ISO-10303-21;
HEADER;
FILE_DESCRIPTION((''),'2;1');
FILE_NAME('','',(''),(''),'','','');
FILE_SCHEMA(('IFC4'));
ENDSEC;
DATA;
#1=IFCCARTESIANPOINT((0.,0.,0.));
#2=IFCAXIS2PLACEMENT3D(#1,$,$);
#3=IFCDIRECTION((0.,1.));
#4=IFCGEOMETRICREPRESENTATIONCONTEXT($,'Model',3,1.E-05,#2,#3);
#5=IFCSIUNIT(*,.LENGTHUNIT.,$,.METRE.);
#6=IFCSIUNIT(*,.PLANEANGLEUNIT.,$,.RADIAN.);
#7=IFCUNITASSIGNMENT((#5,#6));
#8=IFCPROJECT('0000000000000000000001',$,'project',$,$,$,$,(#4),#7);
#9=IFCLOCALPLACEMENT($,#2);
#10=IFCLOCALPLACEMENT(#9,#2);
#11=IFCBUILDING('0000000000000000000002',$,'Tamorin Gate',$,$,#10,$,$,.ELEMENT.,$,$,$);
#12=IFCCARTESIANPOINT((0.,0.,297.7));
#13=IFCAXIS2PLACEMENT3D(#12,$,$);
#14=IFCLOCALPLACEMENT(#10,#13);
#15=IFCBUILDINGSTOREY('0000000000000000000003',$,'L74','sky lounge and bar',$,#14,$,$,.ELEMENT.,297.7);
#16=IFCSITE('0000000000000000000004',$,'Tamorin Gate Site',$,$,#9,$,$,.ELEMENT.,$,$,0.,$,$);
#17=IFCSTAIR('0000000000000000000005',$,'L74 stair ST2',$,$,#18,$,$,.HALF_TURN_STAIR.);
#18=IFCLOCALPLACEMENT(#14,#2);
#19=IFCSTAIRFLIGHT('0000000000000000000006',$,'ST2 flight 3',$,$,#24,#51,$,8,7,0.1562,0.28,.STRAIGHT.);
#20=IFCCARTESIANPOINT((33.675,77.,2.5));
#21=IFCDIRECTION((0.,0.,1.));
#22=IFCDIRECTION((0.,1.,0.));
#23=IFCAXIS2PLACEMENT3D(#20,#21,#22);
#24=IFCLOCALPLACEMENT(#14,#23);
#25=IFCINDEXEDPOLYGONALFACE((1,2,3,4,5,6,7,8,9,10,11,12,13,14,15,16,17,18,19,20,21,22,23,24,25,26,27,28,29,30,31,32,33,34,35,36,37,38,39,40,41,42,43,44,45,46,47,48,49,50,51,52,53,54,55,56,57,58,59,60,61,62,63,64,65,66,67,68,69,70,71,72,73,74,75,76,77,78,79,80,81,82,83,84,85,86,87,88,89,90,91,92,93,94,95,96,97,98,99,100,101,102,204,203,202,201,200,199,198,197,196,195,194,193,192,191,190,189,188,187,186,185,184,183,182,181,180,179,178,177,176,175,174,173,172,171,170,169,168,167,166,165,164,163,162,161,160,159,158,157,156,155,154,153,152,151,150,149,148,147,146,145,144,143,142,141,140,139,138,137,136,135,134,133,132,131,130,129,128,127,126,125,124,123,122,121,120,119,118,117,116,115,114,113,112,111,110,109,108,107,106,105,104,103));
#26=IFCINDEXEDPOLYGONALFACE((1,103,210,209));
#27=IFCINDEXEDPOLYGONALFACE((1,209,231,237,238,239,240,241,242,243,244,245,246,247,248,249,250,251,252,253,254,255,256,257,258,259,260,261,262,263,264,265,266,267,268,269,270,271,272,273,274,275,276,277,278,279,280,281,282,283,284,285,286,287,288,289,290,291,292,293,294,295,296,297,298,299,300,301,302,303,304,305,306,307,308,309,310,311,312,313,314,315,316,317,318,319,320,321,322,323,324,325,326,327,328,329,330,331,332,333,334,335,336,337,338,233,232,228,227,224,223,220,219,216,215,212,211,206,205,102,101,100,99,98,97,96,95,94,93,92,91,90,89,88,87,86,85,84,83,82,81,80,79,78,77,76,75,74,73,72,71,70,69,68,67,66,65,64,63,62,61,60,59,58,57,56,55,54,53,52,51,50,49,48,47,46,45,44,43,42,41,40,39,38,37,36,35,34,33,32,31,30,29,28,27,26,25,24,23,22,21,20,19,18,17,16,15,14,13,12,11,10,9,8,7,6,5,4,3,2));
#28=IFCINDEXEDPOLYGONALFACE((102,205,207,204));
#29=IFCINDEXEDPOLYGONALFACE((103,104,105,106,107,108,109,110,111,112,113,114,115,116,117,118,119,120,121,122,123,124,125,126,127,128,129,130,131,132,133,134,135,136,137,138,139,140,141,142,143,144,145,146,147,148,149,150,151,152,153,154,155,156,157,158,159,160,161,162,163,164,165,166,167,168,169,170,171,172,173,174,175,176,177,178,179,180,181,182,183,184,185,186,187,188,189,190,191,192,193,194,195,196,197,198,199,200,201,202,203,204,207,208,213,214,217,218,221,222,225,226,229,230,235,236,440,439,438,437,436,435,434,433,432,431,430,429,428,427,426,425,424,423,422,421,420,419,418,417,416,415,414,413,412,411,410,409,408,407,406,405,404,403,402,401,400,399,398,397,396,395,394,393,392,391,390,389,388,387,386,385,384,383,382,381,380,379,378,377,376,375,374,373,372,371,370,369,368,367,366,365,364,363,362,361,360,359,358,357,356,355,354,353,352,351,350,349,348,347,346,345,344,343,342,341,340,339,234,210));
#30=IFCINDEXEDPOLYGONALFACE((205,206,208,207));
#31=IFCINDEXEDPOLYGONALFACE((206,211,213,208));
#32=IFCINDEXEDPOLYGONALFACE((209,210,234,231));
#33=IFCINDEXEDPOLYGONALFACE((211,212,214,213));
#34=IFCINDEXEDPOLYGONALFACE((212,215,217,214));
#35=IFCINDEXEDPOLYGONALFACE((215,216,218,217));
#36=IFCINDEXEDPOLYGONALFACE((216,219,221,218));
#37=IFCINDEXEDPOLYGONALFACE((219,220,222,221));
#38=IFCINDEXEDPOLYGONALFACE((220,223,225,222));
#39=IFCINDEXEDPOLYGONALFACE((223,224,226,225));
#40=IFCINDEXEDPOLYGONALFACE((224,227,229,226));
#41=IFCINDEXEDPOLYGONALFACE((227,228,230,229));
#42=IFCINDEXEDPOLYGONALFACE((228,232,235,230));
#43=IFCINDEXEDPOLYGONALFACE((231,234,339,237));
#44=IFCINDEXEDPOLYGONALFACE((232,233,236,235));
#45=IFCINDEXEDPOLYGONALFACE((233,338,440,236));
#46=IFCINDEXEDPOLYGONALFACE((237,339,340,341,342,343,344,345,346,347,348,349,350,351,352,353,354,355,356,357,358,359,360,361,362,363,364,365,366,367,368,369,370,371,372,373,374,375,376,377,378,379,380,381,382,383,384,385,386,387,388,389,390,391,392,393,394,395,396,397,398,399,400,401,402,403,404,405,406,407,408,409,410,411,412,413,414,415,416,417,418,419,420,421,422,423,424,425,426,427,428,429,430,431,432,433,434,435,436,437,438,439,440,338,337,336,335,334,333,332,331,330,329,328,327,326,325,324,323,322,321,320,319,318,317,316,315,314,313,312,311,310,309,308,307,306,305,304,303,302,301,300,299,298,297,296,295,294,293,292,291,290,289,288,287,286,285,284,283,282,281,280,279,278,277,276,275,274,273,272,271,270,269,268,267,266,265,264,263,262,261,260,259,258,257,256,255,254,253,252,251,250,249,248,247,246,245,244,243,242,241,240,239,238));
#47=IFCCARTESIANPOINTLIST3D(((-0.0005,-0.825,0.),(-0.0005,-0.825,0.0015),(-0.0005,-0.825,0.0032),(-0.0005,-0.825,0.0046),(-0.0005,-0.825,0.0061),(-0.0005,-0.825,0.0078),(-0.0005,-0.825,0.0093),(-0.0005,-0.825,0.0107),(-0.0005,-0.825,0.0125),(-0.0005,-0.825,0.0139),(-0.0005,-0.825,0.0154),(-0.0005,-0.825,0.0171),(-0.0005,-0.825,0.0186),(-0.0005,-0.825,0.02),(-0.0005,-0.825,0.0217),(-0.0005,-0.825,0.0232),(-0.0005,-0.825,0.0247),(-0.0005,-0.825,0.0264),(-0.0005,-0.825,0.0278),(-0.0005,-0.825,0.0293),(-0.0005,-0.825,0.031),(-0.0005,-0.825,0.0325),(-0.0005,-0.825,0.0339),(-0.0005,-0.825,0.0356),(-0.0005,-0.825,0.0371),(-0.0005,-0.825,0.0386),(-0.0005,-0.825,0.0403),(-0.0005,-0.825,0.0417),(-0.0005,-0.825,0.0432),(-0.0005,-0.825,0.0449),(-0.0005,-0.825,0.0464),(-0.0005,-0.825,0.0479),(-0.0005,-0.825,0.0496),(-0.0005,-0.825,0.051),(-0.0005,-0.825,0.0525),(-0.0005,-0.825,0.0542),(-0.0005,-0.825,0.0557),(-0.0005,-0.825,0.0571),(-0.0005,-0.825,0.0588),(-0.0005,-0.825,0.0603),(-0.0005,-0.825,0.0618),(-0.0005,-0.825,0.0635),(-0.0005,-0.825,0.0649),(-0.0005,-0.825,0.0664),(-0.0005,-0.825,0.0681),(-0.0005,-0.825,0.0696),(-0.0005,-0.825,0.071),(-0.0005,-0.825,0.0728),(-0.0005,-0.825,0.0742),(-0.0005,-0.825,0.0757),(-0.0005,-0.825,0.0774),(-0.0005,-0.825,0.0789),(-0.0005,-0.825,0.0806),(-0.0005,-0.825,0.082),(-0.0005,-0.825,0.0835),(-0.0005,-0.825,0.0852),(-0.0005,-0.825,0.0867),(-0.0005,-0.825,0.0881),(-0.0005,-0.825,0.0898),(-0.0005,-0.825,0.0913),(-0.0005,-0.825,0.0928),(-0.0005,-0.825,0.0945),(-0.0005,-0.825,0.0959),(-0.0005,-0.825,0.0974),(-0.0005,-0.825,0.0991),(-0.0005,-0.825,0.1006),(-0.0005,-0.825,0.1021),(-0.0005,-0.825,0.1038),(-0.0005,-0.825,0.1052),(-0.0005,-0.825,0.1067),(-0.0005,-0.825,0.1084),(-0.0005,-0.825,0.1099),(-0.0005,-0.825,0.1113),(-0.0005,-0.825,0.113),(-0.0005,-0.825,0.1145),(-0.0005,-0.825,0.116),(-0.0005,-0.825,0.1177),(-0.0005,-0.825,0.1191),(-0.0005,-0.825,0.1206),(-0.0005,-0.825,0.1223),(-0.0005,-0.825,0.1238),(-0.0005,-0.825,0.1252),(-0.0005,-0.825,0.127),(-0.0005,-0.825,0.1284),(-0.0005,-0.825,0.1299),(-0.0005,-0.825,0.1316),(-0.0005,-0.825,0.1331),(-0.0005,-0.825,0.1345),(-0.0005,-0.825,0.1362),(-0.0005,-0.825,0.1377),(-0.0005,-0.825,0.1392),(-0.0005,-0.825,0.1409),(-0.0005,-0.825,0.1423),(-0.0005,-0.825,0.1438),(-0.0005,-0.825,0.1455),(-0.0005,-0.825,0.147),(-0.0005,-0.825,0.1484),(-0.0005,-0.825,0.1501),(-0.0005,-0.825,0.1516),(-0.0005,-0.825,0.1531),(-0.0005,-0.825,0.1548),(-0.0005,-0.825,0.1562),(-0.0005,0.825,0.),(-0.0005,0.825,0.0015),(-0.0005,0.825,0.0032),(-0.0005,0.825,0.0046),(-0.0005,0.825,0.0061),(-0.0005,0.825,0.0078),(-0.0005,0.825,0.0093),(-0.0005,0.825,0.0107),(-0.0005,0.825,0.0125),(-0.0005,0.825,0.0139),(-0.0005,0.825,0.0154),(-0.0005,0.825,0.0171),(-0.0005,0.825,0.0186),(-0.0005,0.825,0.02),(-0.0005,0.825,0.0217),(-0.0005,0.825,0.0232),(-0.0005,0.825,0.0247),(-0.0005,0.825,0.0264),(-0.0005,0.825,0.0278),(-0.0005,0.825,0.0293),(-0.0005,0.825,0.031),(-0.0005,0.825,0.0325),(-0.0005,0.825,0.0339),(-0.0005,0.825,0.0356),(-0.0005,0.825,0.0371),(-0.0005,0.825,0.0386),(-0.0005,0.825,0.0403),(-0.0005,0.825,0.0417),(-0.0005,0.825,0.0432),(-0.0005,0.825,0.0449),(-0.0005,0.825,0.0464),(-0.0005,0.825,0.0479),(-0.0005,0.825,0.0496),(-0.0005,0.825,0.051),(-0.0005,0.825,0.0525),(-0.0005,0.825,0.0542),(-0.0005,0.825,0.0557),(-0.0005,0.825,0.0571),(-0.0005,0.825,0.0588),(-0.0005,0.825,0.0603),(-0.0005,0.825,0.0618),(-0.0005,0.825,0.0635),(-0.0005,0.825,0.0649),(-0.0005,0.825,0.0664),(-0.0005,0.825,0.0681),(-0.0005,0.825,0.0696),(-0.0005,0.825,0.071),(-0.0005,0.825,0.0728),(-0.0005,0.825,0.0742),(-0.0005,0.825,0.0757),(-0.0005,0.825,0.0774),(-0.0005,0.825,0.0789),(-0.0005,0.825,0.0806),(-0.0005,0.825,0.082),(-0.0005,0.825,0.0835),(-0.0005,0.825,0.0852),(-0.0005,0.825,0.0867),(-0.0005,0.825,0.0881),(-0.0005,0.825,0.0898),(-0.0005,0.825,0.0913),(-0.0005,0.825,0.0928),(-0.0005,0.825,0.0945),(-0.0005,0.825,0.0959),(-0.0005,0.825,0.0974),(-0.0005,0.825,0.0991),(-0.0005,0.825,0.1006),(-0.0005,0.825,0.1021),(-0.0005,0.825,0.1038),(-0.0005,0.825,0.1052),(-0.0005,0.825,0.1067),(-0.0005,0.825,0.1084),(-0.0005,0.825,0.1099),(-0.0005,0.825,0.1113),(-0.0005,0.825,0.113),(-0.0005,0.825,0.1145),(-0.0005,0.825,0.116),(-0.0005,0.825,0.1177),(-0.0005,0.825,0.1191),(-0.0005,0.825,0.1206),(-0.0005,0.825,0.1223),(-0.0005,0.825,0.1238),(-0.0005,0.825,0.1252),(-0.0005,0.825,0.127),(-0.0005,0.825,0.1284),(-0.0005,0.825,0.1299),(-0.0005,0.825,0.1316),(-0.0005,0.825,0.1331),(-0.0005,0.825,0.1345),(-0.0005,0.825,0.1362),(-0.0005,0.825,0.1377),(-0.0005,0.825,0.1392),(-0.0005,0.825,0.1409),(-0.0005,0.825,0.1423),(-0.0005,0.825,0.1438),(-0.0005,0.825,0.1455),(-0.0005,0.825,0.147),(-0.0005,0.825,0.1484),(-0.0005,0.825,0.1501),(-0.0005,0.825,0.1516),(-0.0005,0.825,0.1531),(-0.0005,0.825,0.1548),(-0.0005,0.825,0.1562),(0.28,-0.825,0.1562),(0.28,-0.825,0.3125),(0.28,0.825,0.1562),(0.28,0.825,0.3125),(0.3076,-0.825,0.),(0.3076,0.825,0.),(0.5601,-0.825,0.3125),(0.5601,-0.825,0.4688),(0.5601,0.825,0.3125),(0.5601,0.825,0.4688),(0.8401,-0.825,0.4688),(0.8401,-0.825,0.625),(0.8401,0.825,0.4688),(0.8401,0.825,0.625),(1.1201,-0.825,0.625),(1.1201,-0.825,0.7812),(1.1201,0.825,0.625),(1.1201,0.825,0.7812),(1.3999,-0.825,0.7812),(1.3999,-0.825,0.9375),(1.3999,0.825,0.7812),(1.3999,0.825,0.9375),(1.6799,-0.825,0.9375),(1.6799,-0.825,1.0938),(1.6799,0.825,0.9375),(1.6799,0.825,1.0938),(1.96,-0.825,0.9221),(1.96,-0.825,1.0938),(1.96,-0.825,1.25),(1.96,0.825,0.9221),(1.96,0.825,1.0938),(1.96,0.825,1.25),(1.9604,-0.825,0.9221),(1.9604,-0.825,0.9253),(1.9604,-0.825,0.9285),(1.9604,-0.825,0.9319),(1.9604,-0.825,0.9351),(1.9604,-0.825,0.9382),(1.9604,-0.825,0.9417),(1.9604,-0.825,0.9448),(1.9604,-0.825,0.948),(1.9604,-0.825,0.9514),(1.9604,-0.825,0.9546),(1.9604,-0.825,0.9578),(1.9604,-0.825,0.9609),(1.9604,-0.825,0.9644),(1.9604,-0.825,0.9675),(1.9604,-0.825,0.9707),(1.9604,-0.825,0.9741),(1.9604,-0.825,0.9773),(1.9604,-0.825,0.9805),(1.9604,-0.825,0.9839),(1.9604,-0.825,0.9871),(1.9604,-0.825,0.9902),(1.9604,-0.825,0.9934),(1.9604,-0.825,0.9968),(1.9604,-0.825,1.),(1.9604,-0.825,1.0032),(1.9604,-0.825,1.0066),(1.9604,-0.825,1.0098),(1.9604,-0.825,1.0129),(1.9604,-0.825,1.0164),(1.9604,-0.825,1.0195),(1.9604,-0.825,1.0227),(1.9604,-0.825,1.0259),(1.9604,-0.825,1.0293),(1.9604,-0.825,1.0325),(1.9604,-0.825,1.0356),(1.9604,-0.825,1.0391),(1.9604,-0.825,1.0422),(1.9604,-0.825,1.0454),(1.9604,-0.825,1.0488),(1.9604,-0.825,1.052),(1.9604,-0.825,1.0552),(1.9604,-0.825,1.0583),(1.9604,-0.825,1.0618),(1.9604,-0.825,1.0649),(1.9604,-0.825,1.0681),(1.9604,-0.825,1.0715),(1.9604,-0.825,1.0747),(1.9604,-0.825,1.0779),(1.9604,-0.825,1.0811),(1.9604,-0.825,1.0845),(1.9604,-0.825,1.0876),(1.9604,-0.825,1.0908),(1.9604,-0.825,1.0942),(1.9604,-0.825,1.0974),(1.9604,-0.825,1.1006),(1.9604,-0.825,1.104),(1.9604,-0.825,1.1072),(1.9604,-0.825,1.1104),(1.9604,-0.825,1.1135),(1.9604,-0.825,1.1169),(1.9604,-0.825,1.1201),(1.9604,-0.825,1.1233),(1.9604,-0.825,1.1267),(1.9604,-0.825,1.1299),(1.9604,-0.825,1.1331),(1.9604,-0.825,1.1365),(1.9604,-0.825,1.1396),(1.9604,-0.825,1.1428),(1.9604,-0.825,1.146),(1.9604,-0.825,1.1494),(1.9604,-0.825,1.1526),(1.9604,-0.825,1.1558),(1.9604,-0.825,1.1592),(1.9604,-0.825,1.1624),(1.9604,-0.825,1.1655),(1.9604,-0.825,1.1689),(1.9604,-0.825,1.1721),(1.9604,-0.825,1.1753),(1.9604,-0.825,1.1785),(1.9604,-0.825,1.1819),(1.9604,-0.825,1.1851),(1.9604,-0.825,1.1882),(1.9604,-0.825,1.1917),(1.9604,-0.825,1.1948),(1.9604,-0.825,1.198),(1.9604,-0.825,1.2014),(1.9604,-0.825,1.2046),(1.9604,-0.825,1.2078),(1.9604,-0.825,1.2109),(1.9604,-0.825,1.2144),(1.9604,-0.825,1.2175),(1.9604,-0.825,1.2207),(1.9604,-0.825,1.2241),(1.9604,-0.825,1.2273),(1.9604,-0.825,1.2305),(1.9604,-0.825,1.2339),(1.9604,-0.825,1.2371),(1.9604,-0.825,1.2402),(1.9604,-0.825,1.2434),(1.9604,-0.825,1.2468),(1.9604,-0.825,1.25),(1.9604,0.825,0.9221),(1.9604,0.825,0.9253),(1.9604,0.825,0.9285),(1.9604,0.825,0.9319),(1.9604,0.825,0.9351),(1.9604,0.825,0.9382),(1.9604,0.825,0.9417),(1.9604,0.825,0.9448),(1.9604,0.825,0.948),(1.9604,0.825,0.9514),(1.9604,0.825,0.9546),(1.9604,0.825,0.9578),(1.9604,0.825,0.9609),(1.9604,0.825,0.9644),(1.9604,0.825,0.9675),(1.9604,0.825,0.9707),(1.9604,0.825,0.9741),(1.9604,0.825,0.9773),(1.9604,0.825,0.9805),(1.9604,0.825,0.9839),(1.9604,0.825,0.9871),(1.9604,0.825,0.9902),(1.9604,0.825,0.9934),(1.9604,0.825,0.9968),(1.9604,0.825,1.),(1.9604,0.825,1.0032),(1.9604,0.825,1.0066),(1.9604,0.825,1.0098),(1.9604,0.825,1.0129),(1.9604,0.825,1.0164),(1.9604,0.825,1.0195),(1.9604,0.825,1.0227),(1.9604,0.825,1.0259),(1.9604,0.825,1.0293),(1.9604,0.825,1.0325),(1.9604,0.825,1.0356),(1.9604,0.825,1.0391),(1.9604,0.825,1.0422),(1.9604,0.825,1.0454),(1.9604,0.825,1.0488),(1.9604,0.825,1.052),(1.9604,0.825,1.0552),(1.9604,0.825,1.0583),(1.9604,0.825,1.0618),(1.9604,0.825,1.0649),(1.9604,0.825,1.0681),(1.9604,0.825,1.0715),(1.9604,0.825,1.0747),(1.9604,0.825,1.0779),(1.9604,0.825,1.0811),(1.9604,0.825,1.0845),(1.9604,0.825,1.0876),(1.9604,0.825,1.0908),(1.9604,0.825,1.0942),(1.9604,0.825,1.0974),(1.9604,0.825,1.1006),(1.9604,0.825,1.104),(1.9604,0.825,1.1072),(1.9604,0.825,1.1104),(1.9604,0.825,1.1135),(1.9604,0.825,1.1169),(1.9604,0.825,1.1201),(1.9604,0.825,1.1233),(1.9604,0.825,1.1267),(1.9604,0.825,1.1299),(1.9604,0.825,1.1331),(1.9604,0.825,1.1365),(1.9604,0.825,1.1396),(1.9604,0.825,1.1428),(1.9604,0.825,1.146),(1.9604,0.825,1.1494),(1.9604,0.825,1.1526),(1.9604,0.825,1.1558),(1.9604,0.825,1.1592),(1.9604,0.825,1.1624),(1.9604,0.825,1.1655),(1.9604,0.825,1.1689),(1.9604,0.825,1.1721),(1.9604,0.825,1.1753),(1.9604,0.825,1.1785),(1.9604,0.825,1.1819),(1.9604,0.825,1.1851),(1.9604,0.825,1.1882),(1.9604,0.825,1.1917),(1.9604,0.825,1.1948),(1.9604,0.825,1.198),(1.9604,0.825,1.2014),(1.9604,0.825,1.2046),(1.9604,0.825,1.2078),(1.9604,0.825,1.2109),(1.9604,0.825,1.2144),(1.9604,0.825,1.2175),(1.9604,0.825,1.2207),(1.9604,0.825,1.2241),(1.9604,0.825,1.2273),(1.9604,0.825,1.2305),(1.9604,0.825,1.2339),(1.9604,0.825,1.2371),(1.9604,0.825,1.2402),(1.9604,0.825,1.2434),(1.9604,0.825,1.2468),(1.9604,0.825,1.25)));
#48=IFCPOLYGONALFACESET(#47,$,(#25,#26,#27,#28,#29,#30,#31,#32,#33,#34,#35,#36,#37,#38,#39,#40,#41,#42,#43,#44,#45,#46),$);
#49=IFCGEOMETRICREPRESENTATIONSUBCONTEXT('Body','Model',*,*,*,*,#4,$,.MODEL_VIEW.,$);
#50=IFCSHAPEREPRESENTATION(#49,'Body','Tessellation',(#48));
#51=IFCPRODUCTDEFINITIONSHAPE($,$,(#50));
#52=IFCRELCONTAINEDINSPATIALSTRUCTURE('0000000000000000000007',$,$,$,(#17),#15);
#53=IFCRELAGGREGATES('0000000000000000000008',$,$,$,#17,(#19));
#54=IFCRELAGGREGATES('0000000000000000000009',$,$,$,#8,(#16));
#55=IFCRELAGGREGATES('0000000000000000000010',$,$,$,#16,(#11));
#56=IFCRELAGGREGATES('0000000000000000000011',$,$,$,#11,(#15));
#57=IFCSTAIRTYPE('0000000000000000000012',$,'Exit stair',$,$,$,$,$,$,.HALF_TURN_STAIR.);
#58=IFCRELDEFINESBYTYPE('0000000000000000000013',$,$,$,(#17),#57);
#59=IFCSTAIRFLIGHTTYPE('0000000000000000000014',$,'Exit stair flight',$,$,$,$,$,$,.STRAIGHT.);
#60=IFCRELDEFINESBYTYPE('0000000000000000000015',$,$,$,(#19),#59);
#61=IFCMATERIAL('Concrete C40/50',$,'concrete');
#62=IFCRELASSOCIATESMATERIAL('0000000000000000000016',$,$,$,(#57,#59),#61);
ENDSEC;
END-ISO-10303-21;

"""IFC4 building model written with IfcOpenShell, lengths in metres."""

from ifc_helpers import new_model, si_unit, direction, frame, origin, place, context, subcontext, project, spatial, polyline, outline, extrude, material, type_object, element, aggregate, save


model = new_model("IFC4")

# Units and contexts
model_context = context("Model", 3, precision=1e-05, world=origin(), true_north=direction((0.0, 1.0)))
body_context = subcontext(model_context, "Body", "Model", "MODEL_VIEW")
ifc_project = project(units=[si_unit("LENGTHUNIT", "METRE"), si_unit("PLANEANGLEUNIT", "RADIAN")], contexts=[model_context])

# Site, building, storey
site_placement = place(None, origin())
site = spatial("IfcSite", under=ifc_project, at=site_placement, Name="Tamorin Gate Site", CompositionType="ELEMENT", RefElevation=0.0)
building_placement = place(site_placement, origin())
building = spatial("IfcBuilding", under=site, at=building_placement, Name="Tamorin Gate", CompositionType="ELEMENT")
storey_placement = place(building_placement, frame((0.0, 0.0, 297.7)))
storey = spatial("IfcBuildingStorey", under=building, at=storey_placement, Name="L74", Description="sky lounge and bar", CompositionType="ELEMENT", Elevation=297.7)

# Shared definitions
ifc_material_1 = material(Name="Concrete C40/50", Category="concrete")

# Stair, stair flight
stair_type = type_object("IfcStairType", Name="Exit stair", PredefinedType="HALF_TURN_STAIR", material=ifc_material_1)
stair_placement = place(storey_placement, origin())
stair = element("IfcStair", 1, at=stair_placement, inside=storey, type_object=stair_type, Name="L74 stair ST2", PredefinedType="HALF_TURN_STAIR")
stair_flight_type = type_object("IfcStairFlightType", Name="Exit stair flight", PredefinedType="STRAIGHT", material=ifc_material_1)
stair_flight_1_placement = place(storey_placement, frame((33.675, 77.0, 2.5), z_axis=(0.0, 0.0, 1.0), x_axis=(0.0, 1.0, 0.0)))
stair_flight_1 = element("IfcStairFlight", 2, at=stair_flight_1_placement, type_object=stair_flight_type, Name="ST2 flight 3", NumberOfRisers=8, NumberOfTreads=7, PredefinedType="STRAIGHT", RiserHeight=0.1562, TreadLength=0.28, context=body_context, shape_type="SweptSolid", body=[
    extrude(outline(polyline([(-0.0005, 0.0), (-0.0005, 0.0015), (-0.0005, 0.0032), (-0.0005, 0.0046), (-0.0005, 0.0061), (-0.0005, 0.0078), (-0.0005, 0.0093), (-0.0005, 0.0107), (-0.0005, 0.0125), (-0.0005, 0.0139), (-0.0005, 0.0154), (-0.0005, 0.0171), (-0.0005, 0.0186), (-0.0005, 0.02), (-0.0005, 0.0217), (-0.0005, 0.0232), (-0.0005, 0.0247), (-0.0005, 0.0264), (-0.0005, 0.0278), (-0.0005, 0.0293), (-0.0005, 0.031), (-0.0005, 0.0325), (-0.0005, 0.0339), (-0.0005, 0.0356), (-0.0005, 0.0371), (-0.0005, 0.0386), (-0.0005, 0.0403), (-0.0005, 0.0417), (-0.0005, 0.0432), (-0.0005, 0.0449), (-0.0005, 0.0464), (-0.0005, 0.0479), (-0.0005, 0.0496), (-0.0005, 0.051), (-0.0005, 0.0525), (-0.0005, 0.0542), (-0.0005, 0.0557), (-0.0005, 0.0571), (-0.0005, 0.0588), (-0.0005, 0.0603), (-0.0005, 0.0618), (-0.0005, 0.0635), (-0.0005, 0.0649), (-0.0005, 0.0664), (-0.0005, 0.0681), (-0.0005, 0.0696), (-0.0005, 0.071), (-0.0005, 0.0728), (-0.0005, 0.0742), (-0.0005, 0.0757), (-0.0005, 0.0774), (-0.0005, 0.0789), (-0.0005, 0.0806), (-0.0005, 0.082), (-0.0005, 0.0835), (-0.0005, 0.0852), (-0.0005, 0.0867), (-0.0005, 0.0881), (-0.0005, 0.0898), (-0.0005, 0.0913), (-0.0005, 0.0928), (-0.0005, 0.0945), (-0.0005, 0.0959), (-0.0005, 0.0974), (-0.0005, 0.0991), (-0.0005, 0.1006), (-0.0005, 0.1021), (-0.0005, 0.1038), (-0.0005, 0.1052), (-0.0005, 0.1067), (-0.0005, 0.1084), (-0.0005, 0.1099), (-0.0005, 0.1113), (-0.0005, 0.113), (-0.0005, 0.1145), (-0.0005, 0.116), (-0.0005, 0.1177), (-0.0005, 0.1191), (-0.0005, 0.1206), (-0.0005, 0.1223), (-0.0005, 0.1238), (-0.0005, 0.1252), (-0.0005, 0.127), (-0.0005, 0.1284), (-0.0005, 0.1299), (-0.0005, 0.1316), (-0.0005, 0.1331), (-0.0005, 0.1345), (-0.0005, 0.1362), (-0.0005, 0.1377), (-0.0005, 0.1392), (-0.0005, 0.1409), (-0.0005, 0.1423), (-0.0005, 0.1438), (-0.0005, 0.1455), (-0.0005, 0.147), (-0.0005, 0.1484), (-0.0005, 0.1501), (-0.0005, 0.1516), (-0.0005, 0.1531), (-0.0005, 0.1548), (-0.0005, 0.1562), (0.28, 0.1562), (0.28, 0.3125), (0.5601, 0.3125), (0.5601, 0.4688), (0.8401, 0.4688), (0.8401, 0.625), (1.1201, 0.625), (1.1201, 0.7812), (1.3999, 0.7812), (1.3999, 0.9375), (1.6799, 0.9375), (1.6799, 1.0938), (1.96, 1.0938), (1.96, 1.25), (1.9604, 1.25), (1.9604, 1.2468), (1.9604, 1.2434), (1.9604, 1.2402), (1.9604, 1.2371), (1.9604, 1.2339), (1.9604, 1.2305), (1.9604, 1.2273), (1.9604, 1.2241), (1.9604, 1.2207), (1.9604, 1.2175), (1.9604, 1.2144), (1.9604, 1.2109), (1.9604, 1.2078), (1.9604, 1.2046), (1.9604, 1.2014), (1.9604, 1.198), (1.9604, 1.1948), (1.9604, 1.1917), (1.9604, 1.1882), (1.9604, 1.1851), (1.9604, 1.1819), (1.9604, 1.1785), (1.9604, 1.1753), (1.9604, 1.1721), (1.9604, 1.1689), (1.9604, 1.1655), (1.9604, 1.1624), (1.9604, 1.1592), (1.9604, 1.1558), (1.9604, 1.1526), (1.9604, 1.1494), (1.9604, 1.146), (1.9604, 1.1428), (1.9604, 1.1396), (1.9604, 1.1365), (1.9604, 1.1331), (1.9604, 1.1299), (1.9604, 1.1267), (1.9604, 1.1233), (1.9604, 1.1201), (1.9604, 1.1169), (1.9604, 1.1135), (1.9604, 1.1104), (1.9604, 1.1072), (1.9604, 1.104), (1.9604, 1.1006), (1.9604, 1.0974), (1.9604, 1.0942), (1.9604, 1.0908), (1.9604, 1.0876), (1.9604, 1.0845), (1.9604, 1.0811), (1.9604, 1.0779), (1.9604, 1.0747), (1.9604, 1.0715), (1.9604, 1.0681), (1.9604, 1.0649), (1.9604, 1.0618), (1.9604, 1.0583), (1.9604, 1.0552), (1.9604, 1.052), (1.9604, 1.0488), (1.9604, 1.0454), (1.9604, 1.0422), (1.9604, 1.0391), (1.9604, 1.0356), (1.9604, 1.0325), (1.9604, 1.0293), (1.9604, 1.0259), (1.9604, 1.0227), (1.9604, 1.0195), (1.9604, 1.0164), (1.9604, 1.0129), (1.9604, 1.0098), (1.9604, 1.0066), (1.9604, 1.0032), (1.9604, 1.0), (1.9604, 0.9968), (1.9604, 0.9934), (1.9604, 0.9902), (1.9604, 0.9871), (1.9604, 0.9839), (1.9604, 0.9805), (1.9604, 0.9773), (1.9604, 0.9741), (1.9604, 0.9707), (1.9604, 0.9675), (1.9604, 0.9644), (1.9604, 0.9609), (1.9604, 0.9578), (1.9604, 0.9546), (1.9604, 0.9514), (1.9604, 0.948), (1.9604, 0.9448), (1.9604, 0.9417), (1.9604, 0.9382), (1.9604, 0.9351), (1.9604, 0.9319), (1.9604, 0.9285), (1.9604, 0.9253), (1.9604, 0.9221), (1.96, 0.9221), (0.3076, 0.0), (-0.0005, 0.0)])), frame((0.0, 0.825, 0.0), z_axis=(0.0, -1.0, 0.0), x_axis=(1.0, 0.0, 0.0)), (0.0, 0.0, 1.0), 1.6499),
])
aggregate(stair, [stair_flight_1])

save(model, "model.ifc")
